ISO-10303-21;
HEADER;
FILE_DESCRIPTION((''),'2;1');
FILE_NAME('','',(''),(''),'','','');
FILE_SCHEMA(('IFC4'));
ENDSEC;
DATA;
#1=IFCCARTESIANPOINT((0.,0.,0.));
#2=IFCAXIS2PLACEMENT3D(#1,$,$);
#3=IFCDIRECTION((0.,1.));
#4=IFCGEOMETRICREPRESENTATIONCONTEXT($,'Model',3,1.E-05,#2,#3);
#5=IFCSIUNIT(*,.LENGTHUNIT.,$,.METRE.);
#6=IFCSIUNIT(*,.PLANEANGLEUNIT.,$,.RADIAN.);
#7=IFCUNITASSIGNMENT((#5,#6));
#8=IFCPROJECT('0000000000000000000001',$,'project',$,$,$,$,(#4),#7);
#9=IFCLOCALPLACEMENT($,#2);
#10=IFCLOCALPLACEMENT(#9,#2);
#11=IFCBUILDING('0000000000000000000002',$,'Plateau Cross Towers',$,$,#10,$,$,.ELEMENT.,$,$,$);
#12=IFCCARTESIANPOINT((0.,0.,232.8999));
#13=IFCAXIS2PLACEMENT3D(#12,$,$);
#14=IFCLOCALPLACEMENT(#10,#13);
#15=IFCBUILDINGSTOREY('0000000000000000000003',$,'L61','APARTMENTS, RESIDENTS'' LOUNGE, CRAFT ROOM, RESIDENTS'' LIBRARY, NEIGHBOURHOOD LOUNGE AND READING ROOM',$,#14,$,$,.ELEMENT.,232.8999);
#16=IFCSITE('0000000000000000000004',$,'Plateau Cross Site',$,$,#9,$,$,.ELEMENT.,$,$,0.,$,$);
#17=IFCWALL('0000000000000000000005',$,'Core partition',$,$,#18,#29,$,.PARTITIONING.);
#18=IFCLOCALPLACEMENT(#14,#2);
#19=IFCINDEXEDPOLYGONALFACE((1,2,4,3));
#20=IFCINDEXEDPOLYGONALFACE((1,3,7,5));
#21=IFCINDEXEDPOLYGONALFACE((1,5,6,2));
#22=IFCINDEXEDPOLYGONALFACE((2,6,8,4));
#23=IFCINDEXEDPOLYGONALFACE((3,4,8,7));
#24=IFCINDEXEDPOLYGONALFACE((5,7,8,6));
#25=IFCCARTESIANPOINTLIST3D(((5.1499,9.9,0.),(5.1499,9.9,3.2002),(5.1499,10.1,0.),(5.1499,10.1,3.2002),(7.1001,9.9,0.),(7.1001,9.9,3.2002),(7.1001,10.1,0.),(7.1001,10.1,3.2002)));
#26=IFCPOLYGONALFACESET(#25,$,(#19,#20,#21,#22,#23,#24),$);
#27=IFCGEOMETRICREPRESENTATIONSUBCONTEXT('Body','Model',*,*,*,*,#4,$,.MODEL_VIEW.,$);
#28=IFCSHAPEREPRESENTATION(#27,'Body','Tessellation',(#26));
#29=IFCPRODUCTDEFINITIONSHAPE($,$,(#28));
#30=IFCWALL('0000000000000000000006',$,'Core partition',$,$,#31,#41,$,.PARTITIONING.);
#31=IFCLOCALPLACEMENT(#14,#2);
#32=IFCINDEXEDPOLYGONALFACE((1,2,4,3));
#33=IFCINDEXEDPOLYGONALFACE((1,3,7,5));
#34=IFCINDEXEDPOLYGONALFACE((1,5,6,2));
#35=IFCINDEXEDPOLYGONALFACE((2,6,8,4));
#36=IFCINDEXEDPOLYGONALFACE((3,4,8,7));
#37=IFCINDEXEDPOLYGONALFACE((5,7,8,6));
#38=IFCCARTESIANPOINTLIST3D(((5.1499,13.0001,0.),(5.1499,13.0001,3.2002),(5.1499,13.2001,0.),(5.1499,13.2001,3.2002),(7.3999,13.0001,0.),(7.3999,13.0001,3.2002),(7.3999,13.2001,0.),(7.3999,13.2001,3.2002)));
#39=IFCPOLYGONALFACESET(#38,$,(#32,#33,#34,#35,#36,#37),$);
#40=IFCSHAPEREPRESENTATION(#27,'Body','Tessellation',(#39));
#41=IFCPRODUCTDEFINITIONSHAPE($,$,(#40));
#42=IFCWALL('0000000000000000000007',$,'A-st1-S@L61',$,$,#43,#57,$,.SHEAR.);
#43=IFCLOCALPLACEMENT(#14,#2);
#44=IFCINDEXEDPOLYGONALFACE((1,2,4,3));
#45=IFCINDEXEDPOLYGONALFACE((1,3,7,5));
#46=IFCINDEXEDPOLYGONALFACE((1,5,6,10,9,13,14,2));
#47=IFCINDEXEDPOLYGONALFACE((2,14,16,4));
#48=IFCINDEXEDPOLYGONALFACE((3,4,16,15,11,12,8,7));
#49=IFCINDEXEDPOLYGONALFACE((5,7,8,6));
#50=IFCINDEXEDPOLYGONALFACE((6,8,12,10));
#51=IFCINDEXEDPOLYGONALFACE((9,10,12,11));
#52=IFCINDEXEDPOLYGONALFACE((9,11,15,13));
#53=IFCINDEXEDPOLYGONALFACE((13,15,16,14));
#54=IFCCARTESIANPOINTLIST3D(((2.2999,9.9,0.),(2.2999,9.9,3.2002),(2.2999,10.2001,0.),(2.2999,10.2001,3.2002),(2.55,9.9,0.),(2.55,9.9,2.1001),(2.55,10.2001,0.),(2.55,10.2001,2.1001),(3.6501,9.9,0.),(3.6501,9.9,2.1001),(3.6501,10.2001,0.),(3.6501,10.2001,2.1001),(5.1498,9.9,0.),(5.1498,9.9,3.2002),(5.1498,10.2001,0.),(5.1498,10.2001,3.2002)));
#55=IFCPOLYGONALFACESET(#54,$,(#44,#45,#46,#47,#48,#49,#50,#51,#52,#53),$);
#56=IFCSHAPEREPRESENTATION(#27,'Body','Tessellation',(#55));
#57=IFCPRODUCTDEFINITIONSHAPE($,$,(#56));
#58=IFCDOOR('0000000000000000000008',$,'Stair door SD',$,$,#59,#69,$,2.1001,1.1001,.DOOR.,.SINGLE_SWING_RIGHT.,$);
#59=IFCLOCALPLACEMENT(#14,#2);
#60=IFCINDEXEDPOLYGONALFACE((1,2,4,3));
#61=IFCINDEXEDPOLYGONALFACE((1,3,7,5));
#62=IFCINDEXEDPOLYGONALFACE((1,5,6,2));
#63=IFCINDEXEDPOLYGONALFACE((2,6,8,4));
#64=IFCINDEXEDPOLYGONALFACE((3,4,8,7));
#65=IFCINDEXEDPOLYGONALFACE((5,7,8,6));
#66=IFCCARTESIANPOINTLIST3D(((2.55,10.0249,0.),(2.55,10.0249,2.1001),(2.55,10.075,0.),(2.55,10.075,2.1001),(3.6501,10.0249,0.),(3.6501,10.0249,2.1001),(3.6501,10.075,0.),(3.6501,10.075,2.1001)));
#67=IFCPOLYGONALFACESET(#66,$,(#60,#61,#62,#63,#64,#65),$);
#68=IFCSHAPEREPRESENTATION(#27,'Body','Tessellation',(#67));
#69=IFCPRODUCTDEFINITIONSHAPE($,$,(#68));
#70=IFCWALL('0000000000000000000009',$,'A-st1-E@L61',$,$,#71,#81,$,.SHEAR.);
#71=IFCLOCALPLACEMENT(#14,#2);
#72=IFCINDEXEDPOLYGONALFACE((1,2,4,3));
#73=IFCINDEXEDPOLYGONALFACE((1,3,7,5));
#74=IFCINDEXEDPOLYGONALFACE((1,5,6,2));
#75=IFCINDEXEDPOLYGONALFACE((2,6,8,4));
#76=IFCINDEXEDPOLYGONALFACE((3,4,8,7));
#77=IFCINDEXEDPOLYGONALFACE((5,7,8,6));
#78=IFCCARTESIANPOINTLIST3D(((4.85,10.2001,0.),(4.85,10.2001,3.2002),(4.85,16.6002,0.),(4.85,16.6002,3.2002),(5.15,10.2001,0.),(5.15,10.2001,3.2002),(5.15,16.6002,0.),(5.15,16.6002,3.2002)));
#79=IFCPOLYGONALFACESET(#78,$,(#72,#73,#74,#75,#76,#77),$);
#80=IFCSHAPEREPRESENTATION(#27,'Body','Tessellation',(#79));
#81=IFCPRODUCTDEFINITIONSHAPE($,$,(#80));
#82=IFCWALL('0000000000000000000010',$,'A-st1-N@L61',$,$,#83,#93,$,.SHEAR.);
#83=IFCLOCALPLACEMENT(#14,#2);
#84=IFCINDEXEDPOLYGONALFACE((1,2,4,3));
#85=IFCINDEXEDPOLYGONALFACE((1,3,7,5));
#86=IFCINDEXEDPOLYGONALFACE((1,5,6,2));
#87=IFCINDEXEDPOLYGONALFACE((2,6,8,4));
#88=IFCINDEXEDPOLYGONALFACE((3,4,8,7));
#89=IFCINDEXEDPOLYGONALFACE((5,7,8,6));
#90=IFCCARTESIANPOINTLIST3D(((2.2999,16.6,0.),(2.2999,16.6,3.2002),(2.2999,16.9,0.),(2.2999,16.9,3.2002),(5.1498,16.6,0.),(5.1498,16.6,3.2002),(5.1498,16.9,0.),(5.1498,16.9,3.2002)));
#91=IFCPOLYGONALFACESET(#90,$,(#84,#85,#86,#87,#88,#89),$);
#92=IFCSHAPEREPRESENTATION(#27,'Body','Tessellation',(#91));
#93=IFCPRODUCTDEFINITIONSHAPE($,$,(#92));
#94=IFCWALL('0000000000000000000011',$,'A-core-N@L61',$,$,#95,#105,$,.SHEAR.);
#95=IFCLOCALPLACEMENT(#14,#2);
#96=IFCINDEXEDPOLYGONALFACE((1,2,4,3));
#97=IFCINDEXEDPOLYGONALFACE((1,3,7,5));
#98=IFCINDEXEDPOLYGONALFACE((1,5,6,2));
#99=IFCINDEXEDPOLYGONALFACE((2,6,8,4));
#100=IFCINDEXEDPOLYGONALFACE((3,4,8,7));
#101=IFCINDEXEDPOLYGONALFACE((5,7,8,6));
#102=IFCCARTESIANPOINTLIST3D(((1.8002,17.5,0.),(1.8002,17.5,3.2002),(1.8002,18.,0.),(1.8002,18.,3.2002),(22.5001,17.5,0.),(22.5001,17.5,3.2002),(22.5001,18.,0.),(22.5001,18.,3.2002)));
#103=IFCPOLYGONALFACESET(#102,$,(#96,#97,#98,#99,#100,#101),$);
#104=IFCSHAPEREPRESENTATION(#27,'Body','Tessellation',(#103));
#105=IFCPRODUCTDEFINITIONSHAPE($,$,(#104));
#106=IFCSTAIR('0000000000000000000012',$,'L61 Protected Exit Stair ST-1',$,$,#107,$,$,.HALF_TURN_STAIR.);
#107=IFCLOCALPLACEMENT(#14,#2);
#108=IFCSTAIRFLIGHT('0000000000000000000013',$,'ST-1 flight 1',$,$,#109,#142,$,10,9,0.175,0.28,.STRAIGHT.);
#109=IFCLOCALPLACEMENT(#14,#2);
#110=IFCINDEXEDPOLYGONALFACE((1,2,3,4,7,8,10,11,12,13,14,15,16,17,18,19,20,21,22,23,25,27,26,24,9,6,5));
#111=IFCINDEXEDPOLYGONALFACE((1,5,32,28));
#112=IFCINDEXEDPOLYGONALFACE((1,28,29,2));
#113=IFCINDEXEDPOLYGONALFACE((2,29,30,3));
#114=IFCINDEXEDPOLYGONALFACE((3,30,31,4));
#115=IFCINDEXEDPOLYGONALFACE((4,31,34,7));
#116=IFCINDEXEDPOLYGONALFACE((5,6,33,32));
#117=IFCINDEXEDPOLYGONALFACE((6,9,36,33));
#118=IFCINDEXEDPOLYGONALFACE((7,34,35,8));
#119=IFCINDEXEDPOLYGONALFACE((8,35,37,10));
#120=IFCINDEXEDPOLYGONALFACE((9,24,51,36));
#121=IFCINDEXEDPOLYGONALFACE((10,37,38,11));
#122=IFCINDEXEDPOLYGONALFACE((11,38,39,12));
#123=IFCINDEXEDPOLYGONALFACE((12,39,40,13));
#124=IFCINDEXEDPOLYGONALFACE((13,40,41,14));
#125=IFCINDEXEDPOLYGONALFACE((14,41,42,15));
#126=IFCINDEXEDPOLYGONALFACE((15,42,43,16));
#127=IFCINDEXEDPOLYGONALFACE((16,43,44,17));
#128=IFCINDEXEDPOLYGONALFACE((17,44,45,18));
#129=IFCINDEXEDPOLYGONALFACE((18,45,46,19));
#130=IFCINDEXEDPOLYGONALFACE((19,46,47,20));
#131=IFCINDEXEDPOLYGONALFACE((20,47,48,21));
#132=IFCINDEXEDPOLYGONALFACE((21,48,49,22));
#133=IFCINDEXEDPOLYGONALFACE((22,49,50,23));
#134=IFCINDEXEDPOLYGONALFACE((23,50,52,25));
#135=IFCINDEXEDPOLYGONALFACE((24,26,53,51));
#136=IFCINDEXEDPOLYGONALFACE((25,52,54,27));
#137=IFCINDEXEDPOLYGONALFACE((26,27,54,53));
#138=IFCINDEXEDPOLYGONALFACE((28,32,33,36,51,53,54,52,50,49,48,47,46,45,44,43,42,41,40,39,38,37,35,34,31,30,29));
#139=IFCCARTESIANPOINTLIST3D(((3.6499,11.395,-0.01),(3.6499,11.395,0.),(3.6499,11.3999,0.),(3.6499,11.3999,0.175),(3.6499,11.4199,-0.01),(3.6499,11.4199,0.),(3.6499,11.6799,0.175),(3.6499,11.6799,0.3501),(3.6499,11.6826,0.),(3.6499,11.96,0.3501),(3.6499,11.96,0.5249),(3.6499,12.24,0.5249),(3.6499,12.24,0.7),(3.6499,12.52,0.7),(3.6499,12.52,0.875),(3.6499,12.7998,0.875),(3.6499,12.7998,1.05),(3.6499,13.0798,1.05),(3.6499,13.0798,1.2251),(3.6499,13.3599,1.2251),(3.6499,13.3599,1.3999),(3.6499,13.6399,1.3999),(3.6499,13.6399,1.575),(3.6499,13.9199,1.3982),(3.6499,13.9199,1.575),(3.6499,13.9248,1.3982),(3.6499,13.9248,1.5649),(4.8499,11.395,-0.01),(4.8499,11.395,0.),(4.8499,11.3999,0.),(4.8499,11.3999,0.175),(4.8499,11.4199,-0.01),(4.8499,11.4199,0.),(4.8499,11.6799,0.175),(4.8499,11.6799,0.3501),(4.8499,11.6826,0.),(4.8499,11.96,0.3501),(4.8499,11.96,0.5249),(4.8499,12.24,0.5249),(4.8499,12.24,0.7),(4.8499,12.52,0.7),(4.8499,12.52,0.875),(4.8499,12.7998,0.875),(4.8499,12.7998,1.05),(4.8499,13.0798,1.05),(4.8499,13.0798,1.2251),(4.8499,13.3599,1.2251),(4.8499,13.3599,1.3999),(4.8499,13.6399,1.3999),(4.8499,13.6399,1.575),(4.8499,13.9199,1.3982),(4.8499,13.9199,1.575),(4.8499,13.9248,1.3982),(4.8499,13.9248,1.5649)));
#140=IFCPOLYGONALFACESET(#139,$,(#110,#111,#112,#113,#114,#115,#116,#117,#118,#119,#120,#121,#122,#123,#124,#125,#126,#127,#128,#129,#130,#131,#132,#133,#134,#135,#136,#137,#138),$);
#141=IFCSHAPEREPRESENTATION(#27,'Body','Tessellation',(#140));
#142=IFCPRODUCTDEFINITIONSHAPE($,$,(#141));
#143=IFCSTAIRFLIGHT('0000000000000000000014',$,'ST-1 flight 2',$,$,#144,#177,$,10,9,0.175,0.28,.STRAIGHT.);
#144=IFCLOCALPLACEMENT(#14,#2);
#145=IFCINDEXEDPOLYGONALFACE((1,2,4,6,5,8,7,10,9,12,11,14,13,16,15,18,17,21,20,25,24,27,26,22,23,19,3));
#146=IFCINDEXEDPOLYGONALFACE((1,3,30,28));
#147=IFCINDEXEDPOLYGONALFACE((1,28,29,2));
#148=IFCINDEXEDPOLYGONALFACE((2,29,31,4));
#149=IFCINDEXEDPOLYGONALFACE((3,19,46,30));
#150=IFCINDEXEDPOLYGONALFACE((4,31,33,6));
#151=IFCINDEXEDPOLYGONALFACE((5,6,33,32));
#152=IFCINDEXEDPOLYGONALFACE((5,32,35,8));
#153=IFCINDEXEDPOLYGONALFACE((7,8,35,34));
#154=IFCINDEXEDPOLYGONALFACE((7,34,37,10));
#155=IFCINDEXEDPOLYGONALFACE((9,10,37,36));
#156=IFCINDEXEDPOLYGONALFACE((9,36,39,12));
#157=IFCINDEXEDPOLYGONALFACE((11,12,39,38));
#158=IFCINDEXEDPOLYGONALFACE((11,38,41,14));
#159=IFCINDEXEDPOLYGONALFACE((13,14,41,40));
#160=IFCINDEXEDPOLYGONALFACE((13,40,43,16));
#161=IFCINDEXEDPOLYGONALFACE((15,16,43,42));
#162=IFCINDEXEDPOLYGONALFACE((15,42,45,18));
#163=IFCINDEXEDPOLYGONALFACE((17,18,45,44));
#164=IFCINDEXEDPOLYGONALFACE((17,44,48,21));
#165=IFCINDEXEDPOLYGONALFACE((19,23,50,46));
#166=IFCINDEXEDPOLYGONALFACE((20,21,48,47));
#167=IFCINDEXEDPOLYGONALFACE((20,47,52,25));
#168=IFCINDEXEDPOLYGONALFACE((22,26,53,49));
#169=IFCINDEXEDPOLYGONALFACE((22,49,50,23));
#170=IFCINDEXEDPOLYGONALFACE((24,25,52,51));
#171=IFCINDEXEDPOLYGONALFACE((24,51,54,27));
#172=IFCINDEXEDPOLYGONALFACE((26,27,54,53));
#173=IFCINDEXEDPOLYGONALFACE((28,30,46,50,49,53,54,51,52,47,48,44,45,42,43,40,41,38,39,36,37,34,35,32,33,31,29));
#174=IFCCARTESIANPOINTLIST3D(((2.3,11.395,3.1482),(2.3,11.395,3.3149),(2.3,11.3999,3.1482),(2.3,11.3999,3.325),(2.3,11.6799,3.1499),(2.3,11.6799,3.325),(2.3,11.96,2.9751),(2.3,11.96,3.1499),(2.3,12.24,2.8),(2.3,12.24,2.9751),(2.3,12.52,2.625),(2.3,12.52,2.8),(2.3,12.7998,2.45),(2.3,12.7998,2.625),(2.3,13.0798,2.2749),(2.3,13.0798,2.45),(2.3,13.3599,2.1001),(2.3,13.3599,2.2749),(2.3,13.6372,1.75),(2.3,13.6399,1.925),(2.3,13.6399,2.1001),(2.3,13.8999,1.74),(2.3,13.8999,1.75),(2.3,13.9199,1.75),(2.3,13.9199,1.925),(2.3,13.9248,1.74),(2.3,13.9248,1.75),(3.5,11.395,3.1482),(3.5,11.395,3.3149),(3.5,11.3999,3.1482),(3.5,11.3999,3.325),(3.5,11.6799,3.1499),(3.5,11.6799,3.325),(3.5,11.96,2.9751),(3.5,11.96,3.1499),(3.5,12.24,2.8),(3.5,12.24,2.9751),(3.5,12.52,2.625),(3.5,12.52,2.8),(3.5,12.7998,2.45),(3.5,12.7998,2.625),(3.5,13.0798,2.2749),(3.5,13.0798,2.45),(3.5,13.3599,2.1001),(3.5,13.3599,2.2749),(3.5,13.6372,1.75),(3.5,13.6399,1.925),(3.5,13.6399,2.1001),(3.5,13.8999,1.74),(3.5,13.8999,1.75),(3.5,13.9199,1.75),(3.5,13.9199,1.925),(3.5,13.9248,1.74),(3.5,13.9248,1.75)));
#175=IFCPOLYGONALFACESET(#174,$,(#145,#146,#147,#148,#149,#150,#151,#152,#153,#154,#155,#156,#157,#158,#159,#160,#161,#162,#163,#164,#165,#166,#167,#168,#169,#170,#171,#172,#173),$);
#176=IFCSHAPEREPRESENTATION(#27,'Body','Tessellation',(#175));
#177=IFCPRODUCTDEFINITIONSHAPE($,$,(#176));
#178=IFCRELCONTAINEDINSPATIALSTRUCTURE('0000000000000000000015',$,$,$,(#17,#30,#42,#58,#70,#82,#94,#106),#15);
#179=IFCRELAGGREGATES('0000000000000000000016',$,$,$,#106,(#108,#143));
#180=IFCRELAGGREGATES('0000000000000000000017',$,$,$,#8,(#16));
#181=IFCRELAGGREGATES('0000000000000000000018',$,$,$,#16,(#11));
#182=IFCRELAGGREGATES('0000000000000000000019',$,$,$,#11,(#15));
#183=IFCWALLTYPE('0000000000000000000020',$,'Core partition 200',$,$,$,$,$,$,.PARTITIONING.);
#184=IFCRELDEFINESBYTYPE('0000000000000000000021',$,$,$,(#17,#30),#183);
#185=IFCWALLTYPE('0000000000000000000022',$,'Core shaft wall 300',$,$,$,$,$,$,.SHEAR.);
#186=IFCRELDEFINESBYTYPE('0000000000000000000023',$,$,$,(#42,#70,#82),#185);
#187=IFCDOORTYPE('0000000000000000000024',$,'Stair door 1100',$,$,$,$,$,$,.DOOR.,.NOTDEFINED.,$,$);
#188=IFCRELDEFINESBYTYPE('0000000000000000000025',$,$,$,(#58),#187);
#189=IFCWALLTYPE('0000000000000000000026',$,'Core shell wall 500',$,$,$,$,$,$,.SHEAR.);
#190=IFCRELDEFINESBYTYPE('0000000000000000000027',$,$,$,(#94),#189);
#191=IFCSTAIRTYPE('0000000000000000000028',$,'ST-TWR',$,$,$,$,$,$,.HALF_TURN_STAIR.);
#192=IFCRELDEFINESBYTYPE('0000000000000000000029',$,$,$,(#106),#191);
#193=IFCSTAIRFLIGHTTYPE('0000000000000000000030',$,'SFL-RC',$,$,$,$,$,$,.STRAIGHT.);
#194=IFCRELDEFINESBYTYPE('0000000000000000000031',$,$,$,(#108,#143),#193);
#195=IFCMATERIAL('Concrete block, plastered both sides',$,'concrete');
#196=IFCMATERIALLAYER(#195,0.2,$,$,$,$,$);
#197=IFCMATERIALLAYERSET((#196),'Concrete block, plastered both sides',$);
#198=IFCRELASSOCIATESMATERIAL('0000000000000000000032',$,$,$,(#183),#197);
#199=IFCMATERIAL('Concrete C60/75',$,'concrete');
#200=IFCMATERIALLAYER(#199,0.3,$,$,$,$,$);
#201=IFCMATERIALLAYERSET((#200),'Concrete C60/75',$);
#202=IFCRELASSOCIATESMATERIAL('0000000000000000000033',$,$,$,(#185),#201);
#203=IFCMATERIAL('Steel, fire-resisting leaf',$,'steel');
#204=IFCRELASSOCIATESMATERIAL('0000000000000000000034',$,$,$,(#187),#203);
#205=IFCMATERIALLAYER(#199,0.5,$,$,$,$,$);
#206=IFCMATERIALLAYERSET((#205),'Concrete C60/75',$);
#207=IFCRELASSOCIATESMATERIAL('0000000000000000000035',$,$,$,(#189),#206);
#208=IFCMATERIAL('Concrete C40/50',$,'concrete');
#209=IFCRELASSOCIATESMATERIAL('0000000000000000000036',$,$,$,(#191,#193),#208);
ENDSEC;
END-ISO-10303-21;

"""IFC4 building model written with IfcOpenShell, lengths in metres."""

from ifc_helpers import new_model, si_unit, direction, frame, frame_2d, origin, place, context, subcontext, project, spatial, polyline, rectangle, outline, extrude, material, layer, layer_set, type_object, element, fill, aggregate, save


model = new_model("IFC4")

# Units and contexts
model_context = context("Model", 3, precision=1e-05, world=origin(), true_north=direction((0.0, 1.0)))
body_context = subcontext(model_context, "Body", "Model", "MODEL_VIEW")
ifc_project = project(units=[si_unit("LENGTHUNIT", "METRE"), si_unit("PLANEANGLEUNIT", "RADIAN")], contexts=[model_context])

# Site, building, storey
site_placement = place(None, origin())
site = spatial("IfcSite", under=ifc_project, at=site_placement, Name="Plateau Cross Site", CompositionType="ELEMENT", RefElevation=0.0)
building_placement = place(site_placement, origin())
building = spatial("IfcBuilding", under=site, at=building_placement, Name="Plateau Cross Towers", CompositionType="ELEMENT")
storey_placement = place(building_placement, frame((0.0, 0.0, 232.8999)))
storey = spatial("IfcBuildingStorey", under=building, at=storey_placement, Name="L61", Description="APARTMENTS, RESIDENTS' LOUNGE, CRAFT ROOM, RESIDENTS' LIBRARY, NEIGHBOURHOOD LOUNGE AND READING ROOM", CompositionType="ELEMENT", Elevation=232.8999)

# Shared definitions
ifc_material_1 = material(Name="Concrete C60/75", Category="concrete")

# Walls
ifc_material_2 = material(Name="Concrete block, plastered both sides", Category="concrete")
ifc_layer_1 = layer(ifc_material_2, 0.2)
ifc_layer_set_1 = layer_set([ifc_layer_1], Name="Concrete block, plastered both sides")
wall_type_1 = type_object("IfcWallType", Name="Core partition 200", PredefinedType="PARTITIONING", material=ifc_layer_set_1)
wall_1_placement = place(storey_placement, frame((5.1499, 10.0, 0.0), z_axis=(0.0, 0.0, 1.0), x_axis=(1.0, 0.0, 0.0)))
element("IfcWall", 1, at=wall_1_placement, inside=storey, type_object=wall_type_1, Name="Core partition", PredefinedType="PARTITIONING", context=body_context, shape_type="SweptSolid", body=[
    extrude(rectangle(XDim=1.9502, YDim=0.2, at=frame_2d((0.9751, 0.0))), origin(), (0.0, 0.0, 1.0), 3.2002),
])
wall_2_placement = place(storey_placement, frame((5.1499, 13.1001, 0.0), z_axis=(0.0, 0.0, 1.0), x_axis=(1.0, 0.0, 0.0)))
element("IfcWall", 2, at=wall_2_placement, inside=storey, type_object=wall_type_1, Name="Core partition", PredefinedType="PARTITIONING", context=body_context, shape_type="SweptSolid", body=[
    extrude(rectangle(XDim=2.25, YDim=0.2, at=frame_2d((1.125, 0.0))), origin(), (0.0, 0.0, 1.0), 3.2002),
])

# Wall, opening, door
ifc_layer_2 = layer(ifc_material_1, 0.3)
ifc_layer_set_2 = layer_set([ifc_layer_2], Name="Concrete C60/75")
wall_type_2 = type_object("IfcWallType", Name="Core shaft wall 300", PredefinedType="SHEAR", material=ifc_layer_set_2)
wall_3_placement = place(storey_placement, frame((2.3, 10.05, 0.0), z_axis=(0.0, 0.0, 1.0), x_axis=(1.0, 0.0, 0.0)))
wall_3 = element("IfcWall", 3, at=wall_3_placement, inside=storey, type_object=wall_type_2, Name="A-st1-S@L61", PredefinedType="SHEAR", context=body_context, shape_type="SweptSolid", body=[
    extrude(rectangle(XDim=2.8499, YDim=0.3, at=frame_2d((1.4248, 0.0))), origin(), (0.0, 0.0, 1.0), 3.2002),
])
opening_placement = place(wall_3_placement, frame((0.25, 0.0, 0.0)))
opening = element("IfcOpeningElement", 4, at=opening_placement, cuts=wall_3, PredefinedType="OPENING", context=body_context, shape_type="SweptSolid", body=[
    extrude(rectangle(XDim=1.1001, YDim=2.1001, at=frame_2d((0.55, 1.05))), frame((0.0, 0.1599, 0.0), z_axis=(0.0, -1.0, 0.0), x_axis=(1.0, 0.0, 0.0)), (0.0, 0.0, 1.0), 0.3201),
])
ifc_material_3 = material(Name="Steel, fire-resisting leaf", Category="steel")
door_type = type_object("IfcDoorType", Name="Stair door 1100", OperationType="NOTDEFINED", PredefinedType="DOOR", material=ifc_material_3)
door_placement = place(opening_placement, origin())
door = element("IfcDoor", 5, at=door_placement, inside=storey, type_object=door_type, Name="Stair door SD", OperationType="SINGLE_SWING_RIGHT", OverallHeight=2.1001, OverallWidth=1.1001, PredefinedType="DOOR", context=body_context, shape_type="SweptSolid", body=[
    extrude(rectangle(XDim=1.1001, YDim=2.1001, at=frame_2d((0.55, 1.05))), frame((0.0, 0.0249, 0.0), z_axis=(0.0, -1.0, 0.0), x_axis=(1.0, 0.0, 0.0)), (0.0, 0.0, 1.0), 0.05),
])
fill(opening, door)

# Walls
wall_4_placement = place(storey_placement, frame((5.0, 10.2, 0.0), z_axis=(0.0, 0.0, 1.0), x_axis=(0.0, 1.0, 0.0)))
element("IfcWall", 6, at=wall_4_placement, inside=storey, type_object=wall_type_2, Name="A-st1-E@L61", PredefinedType="SHEAR", context=body_context, shape_type="SweptSolid", body=[
    extrude(rectangle(XDim=6.4001, YDim=0.3, at=frame_2d((3.2002, 0.0))), origin(), (0.0, 0.0, 1.0), 3.2002),
])
wall_5_placement = place(storey_placement, frame((2.3, 16.75, 0.0), z_axis=(0.0, 0.0, 1.0), x_axis=(1.0, 0.0, 0.0)))
element("IfcWall", 7, at=wall_5_placement, inside=storey, type_object=wall_type_2, Name="A-st1-N@L61", PredefinedType="SHEAR", context=body_context, shape_type="SweptSolid", body=[
    extrude(rectangle(XDim=2.8499, YDim=0.3, at=frame_2d((1.4248, 0.0))), origin(), (0.0, 0.0, 1.0), 3.2002),
])
ifc_layer_3 = layer(ifc_material_1, 0.5)
ifc_layer_set_3 = layer_set([ifc_layer_3], Name="Concrete C60/75")
wall_type_3 = type_object("IfcWallType", Name="Core shell wall 500", PredefinedType="SHEAR", material=ifc_layer_set_3)
wall_6_placement = place(storey_placement, frame((1.8, 17.75, 0.0), z_axis=(0.0, 0.0, 1.0), x_axis=(1.0, 0.0, 0.0)))
element("IfcWall", 8, at=wall_6_placement, inside=storey, type_object=wall_type_3, Name="A-core-N@L61", PredefinedType="SHEAR", context=body_context, shape_type="SweptSolid", body=[
    extrude(rectangle(XDim=20.7, YDim=0.5, at=frame_2d((10.3501, 0.0))), origin(), (0.0, 0.0, 1.0), 3.2002),
])

# Stair, stair flights
ifc_material_4 = material(Name="Concrete C40/50", Category="concrete")
stair_type = type_object("IfcStairType", Name="ST-TWR", PredefinedType="HALF_TURN_STAIR", material=ifc_material_4)
stair_placement = place(storey_placement, origin())
stair = element("IfcStair", 9, at=stair_placement, inside=storey, type_object=stair_type, Name="L61 Protected Exit Stair ST-1", PredefinedType="HALF_TURN_STAIR")
stair_flight_type = type_object("IfcStairFlightType", Name="SFL-RC", PredefinedType="STRAIGHT", material=ifc_material_4)
stair_flight_1_placement = place(storey_placement, frame((4.25, 11.3999, 0.0), z_axis=(0.0, 0.0, 1.0), x_axis=(0.0, 1.0, 0.0)))
stair_flight_1 = element("IfcStairFlight", 10, at=stair_flight_1_placement, type_object=stair_flight_type, Name="ST-1 flight 1", NumberOfRisers=10, NumberOfTreads=9, PredefinedType="STRAIGHT", RiserHeight=0.175, TreadLength=0.28, context=body_context, shape_type="SweptSolid", body=[
    extrude(outline(polyline([(-0.0049, -0.01), (-0.0049, 0.0), (0.0, 0.0), (0.0, 0.175), (0.28, 0.175), (0.28, 0.3501), (0.5601, 0.3501), (0.5601, 0.5249), (0.8401, 0.5249), (0.8401, 0.7), (1.1201, 0.7), (1.1201, 0.875), (1.3999, 0.875), (1.3999, 1.05), (1.6799, 1.05), (1.6799, 1.2251), (1.96, 1.2251), (1.96, 1.3999), (2.24, 1.3999), (2.24, 1.575), (2.52, 1.575), (2.5249, 1.5649), (2.5249, 1.3982), (2.52, 1.3982), (0.2827, 0.0), (0.02, 0.0), (0.02, -0.01), (-0.0049, -0.01)])), frame((0.0, 0.6001, 0.0), z_axis=(0.0, -1.0, 0.0), x_axis=(1.0, 0.0, 0.0)), (0.0, 0.0, 1.0), 1.2),
])
stair_flight_2_placement = place(storey_placement, frame((2.8999, 13.9199, 1.75), z_axis=(0.0, 0.0, 1.0), x_axis=(0.0, -1.0, 0.0)))
stair_flight_2 = element("IfcStairFlight", 11, at=stair_flight_2_placement, type_object=stair_flight_type, Name="ST-1 flight 2", NumberOfRisers=10, NumberOfTreads=9, PredefinedType="STRAIGHT", RiserHeight=0.175, TreadLength=0.28, context=body_context, shape_type="SweptSolid", body=[
    extrude(outline(polyline([(-0.0049, -0.01), (-0.0049, 0.0), (0.0, 0.0), (0.0, 0.175), (0.28, 0.175), (0.28, 0.3501), (0.5601, 0.3501), (0.5601, 0.5249), (0.8401, 0.5249), (0.8401, 0.7), (1.1201, 0.7), (1.1201, 0.875), (1.3999, 0.875), (1.3999, 1.05), (1.6799, 1.05), (1.6799, 1.2251), (1.96, 1.2251), (1.96, 1.3999), (2.24, 1.3999), (2.24, 1.575), (2.52, 1.575), (2.5249, 1.5649), (2.5249, 1.3982), (2.52, 1.3982), (0.2827, 0.0), (0.02, 0.0), (0.02, -0.01), (-0.0049, -0.01)])), frame((0.0, 0.6001, 0.0), z_axis=(0.0, -1.0, 0.0), x_axis=(1.0, 0.0, 0.0)), (0.0, 0.0, 1.0), 1.2),
])
aggregate(stair, [stair_flight_1, stair_flight_2])

save(model, "model.ifc")
